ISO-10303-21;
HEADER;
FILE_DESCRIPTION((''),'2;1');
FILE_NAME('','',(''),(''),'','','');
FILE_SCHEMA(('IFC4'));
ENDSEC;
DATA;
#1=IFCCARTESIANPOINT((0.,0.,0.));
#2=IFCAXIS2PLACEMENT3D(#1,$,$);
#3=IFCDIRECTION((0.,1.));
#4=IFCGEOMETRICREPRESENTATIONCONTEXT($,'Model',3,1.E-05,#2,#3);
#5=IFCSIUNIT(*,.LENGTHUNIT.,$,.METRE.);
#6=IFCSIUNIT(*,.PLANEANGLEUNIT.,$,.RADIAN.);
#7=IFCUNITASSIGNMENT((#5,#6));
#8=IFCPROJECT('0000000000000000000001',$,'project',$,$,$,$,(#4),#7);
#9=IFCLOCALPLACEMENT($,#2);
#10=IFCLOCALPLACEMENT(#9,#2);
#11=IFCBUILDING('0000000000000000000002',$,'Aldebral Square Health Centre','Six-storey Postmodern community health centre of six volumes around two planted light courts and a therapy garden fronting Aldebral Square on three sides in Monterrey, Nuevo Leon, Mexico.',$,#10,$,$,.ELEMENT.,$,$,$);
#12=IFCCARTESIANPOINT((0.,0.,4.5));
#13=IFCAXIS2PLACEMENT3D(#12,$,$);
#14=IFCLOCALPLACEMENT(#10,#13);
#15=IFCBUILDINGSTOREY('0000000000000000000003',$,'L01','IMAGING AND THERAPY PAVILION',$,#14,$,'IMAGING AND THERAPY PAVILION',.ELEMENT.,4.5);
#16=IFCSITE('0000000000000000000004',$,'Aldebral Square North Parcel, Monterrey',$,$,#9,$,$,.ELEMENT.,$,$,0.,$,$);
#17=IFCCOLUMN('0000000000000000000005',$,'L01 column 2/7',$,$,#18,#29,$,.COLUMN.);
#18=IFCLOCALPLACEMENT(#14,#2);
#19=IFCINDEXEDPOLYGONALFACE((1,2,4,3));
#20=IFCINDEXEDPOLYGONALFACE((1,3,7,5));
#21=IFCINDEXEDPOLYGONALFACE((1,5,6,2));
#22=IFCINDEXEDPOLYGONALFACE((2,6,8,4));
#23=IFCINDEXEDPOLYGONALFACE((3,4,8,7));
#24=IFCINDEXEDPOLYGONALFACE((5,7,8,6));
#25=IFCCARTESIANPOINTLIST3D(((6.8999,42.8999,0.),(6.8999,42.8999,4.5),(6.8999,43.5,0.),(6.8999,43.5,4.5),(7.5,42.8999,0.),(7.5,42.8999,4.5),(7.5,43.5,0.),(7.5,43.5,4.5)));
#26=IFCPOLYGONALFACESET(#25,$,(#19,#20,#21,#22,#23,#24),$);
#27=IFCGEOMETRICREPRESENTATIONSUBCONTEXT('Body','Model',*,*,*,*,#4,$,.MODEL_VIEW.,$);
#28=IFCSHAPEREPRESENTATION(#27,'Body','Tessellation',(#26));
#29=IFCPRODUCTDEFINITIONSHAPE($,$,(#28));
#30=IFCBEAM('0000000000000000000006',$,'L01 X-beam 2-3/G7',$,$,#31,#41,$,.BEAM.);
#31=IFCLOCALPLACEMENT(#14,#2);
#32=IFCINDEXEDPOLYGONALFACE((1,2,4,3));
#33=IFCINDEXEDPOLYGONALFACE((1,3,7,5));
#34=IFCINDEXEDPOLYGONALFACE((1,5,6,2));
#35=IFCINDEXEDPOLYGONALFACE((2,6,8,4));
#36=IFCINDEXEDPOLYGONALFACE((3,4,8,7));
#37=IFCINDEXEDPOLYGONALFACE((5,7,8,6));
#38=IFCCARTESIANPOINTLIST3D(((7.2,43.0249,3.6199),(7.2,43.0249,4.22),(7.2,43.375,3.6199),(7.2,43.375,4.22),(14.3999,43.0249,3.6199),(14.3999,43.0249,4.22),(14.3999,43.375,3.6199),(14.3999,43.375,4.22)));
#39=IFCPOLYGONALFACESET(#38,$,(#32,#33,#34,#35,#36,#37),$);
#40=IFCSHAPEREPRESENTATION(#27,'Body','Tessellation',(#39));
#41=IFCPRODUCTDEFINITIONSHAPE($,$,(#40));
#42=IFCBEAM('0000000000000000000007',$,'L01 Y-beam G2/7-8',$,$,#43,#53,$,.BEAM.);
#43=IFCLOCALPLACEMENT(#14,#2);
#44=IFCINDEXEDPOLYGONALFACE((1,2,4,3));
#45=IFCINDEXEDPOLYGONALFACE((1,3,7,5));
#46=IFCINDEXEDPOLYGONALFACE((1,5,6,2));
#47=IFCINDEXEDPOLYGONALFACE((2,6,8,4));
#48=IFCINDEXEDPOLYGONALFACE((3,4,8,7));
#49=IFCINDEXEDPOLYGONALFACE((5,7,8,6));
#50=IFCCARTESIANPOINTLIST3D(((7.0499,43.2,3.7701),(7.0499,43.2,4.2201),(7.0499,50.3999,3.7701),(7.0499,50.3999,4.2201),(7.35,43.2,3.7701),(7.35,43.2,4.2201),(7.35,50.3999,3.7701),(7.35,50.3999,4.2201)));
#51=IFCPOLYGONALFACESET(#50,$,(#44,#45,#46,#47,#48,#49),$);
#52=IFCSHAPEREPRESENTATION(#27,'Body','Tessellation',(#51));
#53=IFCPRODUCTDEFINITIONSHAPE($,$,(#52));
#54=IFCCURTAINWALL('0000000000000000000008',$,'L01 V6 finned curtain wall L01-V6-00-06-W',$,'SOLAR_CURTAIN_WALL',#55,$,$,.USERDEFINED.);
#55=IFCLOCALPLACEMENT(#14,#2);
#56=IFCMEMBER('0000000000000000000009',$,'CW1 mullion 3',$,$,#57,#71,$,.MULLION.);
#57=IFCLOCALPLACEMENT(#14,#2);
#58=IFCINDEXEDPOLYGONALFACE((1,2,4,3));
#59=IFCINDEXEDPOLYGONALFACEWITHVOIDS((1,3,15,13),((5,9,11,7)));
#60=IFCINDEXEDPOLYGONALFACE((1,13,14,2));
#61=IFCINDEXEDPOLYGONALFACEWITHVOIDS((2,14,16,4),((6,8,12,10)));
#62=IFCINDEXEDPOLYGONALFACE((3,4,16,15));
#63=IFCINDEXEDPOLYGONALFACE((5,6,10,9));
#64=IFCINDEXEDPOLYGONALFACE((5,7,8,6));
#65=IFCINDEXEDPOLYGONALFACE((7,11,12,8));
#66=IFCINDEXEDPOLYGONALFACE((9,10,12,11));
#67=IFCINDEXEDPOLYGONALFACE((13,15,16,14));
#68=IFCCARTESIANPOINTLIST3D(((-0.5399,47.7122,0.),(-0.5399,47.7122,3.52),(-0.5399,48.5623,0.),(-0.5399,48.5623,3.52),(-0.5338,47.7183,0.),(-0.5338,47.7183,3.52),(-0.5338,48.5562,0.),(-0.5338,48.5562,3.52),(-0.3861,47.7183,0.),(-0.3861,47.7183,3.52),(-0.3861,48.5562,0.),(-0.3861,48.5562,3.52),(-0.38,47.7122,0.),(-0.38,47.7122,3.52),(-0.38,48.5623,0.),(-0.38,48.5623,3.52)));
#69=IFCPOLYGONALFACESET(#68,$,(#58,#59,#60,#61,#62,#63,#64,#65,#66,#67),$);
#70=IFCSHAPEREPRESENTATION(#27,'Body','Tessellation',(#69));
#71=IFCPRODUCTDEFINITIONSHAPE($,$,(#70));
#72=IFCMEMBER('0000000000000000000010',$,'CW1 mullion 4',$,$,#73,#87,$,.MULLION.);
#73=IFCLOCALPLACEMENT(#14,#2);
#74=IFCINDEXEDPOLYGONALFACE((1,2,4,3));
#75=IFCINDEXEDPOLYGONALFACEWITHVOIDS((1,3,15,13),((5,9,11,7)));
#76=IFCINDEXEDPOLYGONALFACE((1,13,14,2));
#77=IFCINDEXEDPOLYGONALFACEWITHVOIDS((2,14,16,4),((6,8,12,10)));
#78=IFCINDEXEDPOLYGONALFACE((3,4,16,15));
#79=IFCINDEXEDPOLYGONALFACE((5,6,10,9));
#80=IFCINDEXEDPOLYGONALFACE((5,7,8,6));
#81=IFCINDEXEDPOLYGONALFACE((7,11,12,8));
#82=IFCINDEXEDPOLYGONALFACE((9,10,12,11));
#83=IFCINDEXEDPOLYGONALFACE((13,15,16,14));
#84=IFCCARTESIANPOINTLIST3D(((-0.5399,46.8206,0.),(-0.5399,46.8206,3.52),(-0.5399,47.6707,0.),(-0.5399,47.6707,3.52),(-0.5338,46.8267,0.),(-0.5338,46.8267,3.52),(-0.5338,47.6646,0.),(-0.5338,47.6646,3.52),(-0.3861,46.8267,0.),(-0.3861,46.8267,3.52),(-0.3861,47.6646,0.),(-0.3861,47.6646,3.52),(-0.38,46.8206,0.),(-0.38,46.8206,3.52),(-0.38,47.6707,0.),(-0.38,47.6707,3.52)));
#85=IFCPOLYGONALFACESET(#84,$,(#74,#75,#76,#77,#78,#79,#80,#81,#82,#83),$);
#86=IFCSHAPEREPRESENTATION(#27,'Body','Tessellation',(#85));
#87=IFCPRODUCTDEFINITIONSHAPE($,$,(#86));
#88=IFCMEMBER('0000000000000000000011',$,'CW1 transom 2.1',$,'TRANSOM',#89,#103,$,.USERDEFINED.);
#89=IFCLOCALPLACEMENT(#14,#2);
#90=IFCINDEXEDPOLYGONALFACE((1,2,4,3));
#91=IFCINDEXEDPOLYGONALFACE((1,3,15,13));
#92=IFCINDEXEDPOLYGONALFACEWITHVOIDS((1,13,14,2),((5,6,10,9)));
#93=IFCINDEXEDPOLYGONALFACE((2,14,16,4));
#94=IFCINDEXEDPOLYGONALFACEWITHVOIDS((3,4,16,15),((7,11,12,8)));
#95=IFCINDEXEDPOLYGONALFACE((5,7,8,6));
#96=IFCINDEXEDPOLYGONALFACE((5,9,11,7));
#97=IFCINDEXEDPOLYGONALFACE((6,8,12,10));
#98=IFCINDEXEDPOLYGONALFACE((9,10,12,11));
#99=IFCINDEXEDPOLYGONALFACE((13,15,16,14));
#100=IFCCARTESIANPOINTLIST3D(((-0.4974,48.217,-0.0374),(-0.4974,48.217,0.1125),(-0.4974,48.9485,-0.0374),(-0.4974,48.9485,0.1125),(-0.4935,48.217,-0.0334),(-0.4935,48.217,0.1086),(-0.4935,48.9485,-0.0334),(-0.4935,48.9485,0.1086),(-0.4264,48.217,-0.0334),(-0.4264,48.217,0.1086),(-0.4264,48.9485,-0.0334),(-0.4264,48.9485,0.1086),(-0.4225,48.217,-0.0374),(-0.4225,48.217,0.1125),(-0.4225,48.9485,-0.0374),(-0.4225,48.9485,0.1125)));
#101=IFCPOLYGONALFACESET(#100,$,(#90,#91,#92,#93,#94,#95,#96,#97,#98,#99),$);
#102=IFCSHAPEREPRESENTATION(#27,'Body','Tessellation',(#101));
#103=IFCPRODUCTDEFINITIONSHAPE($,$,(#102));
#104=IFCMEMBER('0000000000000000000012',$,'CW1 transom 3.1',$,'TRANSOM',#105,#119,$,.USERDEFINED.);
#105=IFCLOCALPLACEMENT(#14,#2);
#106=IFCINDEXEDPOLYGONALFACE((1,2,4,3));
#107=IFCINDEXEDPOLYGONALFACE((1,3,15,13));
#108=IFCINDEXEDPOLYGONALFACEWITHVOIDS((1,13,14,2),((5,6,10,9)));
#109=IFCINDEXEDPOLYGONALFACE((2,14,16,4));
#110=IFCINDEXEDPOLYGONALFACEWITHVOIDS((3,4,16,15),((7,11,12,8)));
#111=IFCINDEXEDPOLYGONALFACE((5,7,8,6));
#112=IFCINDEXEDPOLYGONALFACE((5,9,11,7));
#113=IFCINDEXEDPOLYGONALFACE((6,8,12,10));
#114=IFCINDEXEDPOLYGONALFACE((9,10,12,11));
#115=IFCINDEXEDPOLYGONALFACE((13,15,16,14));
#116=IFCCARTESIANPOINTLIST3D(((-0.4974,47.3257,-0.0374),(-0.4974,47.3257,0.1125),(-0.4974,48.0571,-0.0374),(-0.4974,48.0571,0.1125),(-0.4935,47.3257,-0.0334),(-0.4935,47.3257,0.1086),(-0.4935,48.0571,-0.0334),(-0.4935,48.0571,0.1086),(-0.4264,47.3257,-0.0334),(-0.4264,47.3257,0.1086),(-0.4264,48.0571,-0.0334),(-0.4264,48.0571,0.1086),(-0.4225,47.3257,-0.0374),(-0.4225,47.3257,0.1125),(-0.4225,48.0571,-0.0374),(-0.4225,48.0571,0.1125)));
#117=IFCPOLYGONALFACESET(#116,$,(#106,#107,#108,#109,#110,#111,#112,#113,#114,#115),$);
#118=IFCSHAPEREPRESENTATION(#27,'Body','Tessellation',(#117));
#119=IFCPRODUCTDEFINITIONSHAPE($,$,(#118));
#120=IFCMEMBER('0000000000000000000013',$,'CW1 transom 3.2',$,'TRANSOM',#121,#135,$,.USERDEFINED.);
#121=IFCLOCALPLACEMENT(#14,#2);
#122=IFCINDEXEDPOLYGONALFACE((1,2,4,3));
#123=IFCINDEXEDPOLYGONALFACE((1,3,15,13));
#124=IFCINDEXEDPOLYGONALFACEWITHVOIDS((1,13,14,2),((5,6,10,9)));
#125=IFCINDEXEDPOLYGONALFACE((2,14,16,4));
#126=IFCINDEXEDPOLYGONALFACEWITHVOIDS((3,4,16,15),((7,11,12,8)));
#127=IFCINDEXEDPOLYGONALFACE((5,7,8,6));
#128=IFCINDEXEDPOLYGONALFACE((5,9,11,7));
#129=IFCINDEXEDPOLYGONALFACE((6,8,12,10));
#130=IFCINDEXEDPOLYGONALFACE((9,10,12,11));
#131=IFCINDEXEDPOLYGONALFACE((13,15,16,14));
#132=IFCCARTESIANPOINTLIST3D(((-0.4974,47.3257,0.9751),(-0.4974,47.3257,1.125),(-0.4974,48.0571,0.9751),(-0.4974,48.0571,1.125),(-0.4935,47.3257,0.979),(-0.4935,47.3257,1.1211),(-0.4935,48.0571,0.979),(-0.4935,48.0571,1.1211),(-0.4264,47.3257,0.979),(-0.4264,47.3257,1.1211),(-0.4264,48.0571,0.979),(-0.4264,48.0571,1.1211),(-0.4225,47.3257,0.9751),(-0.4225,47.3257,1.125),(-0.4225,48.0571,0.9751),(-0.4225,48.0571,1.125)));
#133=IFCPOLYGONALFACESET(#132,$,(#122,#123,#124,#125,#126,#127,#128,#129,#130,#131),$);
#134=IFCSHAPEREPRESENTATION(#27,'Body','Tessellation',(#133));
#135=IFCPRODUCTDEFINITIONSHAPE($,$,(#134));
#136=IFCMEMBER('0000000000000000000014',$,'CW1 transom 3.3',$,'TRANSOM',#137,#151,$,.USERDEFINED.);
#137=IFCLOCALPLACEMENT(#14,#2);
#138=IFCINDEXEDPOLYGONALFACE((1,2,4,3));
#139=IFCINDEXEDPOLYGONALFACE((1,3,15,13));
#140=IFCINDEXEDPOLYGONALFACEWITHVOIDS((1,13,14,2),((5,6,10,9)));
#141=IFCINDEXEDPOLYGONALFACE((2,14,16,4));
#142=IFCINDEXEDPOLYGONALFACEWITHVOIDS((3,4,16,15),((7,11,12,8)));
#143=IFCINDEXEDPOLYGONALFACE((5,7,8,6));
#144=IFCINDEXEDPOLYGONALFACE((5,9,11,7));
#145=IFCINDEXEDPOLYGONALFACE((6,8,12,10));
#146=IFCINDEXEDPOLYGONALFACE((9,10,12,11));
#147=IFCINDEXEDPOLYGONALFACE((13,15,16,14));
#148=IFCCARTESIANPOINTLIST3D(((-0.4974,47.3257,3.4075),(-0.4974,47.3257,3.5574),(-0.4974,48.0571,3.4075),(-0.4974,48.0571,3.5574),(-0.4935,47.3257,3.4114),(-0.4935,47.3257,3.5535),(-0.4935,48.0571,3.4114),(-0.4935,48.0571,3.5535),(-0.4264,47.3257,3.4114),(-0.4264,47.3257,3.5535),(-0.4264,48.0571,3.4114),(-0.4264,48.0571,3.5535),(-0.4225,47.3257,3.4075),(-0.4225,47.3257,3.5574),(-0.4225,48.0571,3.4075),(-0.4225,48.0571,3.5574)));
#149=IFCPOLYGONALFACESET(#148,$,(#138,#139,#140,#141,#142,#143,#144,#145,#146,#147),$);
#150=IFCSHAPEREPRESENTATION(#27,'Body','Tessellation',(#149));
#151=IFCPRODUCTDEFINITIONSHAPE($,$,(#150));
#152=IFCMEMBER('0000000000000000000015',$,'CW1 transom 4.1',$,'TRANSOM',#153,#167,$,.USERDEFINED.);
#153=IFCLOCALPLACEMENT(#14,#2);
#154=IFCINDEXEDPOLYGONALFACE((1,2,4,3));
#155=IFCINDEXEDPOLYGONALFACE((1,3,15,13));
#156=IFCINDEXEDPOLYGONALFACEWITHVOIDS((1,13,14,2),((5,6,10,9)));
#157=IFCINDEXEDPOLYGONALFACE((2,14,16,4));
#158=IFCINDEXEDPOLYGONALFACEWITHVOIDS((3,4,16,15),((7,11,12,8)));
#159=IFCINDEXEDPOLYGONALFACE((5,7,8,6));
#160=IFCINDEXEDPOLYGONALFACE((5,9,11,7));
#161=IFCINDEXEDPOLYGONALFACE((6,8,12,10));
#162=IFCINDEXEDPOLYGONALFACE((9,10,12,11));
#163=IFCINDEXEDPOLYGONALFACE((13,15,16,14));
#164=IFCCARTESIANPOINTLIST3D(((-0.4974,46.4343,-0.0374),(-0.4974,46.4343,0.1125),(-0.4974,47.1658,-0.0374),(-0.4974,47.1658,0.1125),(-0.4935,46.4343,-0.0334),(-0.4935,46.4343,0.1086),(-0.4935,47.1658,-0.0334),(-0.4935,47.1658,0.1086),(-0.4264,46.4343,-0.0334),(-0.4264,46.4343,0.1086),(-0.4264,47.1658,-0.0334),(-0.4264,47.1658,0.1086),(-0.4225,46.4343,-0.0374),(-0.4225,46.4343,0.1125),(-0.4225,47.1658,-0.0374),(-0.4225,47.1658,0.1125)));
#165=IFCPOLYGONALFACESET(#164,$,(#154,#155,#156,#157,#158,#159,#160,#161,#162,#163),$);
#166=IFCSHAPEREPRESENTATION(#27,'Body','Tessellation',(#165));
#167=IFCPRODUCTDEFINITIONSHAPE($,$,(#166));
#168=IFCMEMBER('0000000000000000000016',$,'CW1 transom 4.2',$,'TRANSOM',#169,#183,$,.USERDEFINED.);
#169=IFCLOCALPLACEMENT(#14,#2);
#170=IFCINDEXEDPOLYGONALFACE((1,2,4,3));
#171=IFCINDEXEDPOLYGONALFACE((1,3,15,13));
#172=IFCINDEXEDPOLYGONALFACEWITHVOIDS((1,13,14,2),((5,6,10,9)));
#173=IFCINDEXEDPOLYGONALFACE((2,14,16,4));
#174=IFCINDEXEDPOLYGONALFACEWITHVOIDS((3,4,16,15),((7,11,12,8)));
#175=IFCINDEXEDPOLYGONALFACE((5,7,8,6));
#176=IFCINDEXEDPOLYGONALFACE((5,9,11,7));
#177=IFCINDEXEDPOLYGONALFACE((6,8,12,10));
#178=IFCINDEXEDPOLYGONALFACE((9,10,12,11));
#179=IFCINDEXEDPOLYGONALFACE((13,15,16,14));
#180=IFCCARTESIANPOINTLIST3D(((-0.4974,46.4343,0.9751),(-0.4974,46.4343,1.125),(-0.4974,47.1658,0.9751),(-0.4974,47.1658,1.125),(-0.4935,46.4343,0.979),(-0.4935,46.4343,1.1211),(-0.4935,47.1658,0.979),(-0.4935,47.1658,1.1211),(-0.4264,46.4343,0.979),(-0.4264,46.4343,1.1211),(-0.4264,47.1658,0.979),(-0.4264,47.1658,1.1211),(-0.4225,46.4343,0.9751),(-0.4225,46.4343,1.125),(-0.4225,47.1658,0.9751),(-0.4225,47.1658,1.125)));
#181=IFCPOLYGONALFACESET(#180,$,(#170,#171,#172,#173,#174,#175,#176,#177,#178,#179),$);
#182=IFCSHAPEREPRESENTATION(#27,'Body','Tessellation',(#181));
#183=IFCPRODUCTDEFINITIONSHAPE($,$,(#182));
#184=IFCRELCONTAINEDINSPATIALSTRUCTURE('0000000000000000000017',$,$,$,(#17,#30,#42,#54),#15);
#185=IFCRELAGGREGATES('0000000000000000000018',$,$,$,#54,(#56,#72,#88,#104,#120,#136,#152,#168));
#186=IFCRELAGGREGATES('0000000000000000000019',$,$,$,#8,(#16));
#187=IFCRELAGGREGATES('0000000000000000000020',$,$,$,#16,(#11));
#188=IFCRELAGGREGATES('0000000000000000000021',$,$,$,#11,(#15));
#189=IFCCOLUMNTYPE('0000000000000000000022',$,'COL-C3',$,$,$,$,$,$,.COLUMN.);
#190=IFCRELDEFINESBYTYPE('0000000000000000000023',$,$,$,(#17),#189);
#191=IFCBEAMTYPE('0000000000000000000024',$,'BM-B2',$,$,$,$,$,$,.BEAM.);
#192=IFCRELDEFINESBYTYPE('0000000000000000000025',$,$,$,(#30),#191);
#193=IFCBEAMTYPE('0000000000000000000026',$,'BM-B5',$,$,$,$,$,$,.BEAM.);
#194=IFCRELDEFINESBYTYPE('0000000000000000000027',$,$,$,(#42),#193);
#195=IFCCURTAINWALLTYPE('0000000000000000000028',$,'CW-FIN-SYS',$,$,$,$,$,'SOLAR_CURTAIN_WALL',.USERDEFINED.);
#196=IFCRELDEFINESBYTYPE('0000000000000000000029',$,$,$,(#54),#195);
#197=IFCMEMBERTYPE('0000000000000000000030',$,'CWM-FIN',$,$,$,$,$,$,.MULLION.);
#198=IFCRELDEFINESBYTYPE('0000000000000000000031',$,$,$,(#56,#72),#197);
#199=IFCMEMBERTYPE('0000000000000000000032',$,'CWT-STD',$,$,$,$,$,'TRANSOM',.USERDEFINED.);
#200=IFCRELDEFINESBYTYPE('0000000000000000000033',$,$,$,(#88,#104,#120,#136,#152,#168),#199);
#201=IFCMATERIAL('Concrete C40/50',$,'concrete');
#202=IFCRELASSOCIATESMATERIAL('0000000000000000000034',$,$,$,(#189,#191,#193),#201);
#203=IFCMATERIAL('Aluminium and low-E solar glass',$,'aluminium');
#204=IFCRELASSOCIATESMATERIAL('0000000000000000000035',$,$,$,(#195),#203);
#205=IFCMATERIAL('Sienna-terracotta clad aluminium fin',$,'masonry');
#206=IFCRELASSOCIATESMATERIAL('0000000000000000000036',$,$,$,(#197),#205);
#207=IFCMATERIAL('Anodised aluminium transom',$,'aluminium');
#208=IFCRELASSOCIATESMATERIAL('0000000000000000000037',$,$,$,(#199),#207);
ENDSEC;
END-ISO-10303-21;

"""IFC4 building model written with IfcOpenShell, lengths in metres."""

from ifc_helpers import new_model, si_unit, direction, frame, origin, origin_2d, place, context, subcontext, project, spatial, rectangle, hollow_rectangle, extrude, material, material_profile, profile_set, type_object, element, aggregate, save


model = new_model("IFC4")

# Units and contexts
model_context = context("Model", 3, precision=1e-05, world=origin(), true_north=direction((0.0, 1.0)))
body_context = subcontext(model_context, "Body", "Model", "MODEL_VIEW")
ifc_project = project(units=[si_unit("LENGTHUNIT", "METRE"), si_unit("PLANEANGLEUNIT", "RADIAN")], contexts=[model_context])

# Site, building, storey
site_placement = place(None, origin())
site = spatial("IfcSite", under=ifc_project, at=site_placement, Name="Aldebral Square North Parcel, Monterrey", CompositionType="ELEMENT", RefElevation=0.0)
building_placement = place(site_placement, origin())
building = spatial("IfcBuilding", under=site, at=building_placement, Name="Aldebral Square Health Centre", Description="Six-storey Postmodern community health centre of six volumes around two planted light courts and a therapy garden fronting Aldebral Square on three sides in Monterrey, Nuevo Leon, Mexico.", CompositionType="ELEMENT")
storey_placement = place(building_placement, frame((0.0, 0.0, 4.5)))
storey = spatial("IfcBuildingStorey", under=building, at=storey_placement, Name="L01", Description="IMAGING AND THERAPY PAVILION", LongName="IMAGING AND THERAPY PAVILION", CompositionType="ELEMENT", Elevation=4.5)

# Column
ifc_material_1 = material(Name="Concrete C40/50", Category="concrete")
ifc_material_profile_1 = material_profile(ifc_material_1, rectangle(XDim=0.6001, YDim=0.6001, at=origin_2d()), Name="RC 600x600")
ifc_profile_set_1 = profile_set([ifc_material_profile_1], Name="Concrete C40/50")
column_type = type_object("IfcColumnType", Name="COL-C3", PredefinedType="COLUMN", material=ifc_profile_set_1)
column_placement = place(storey_placement, frame((7.2, 43.2, 0.0), z_axis=(0.0, 0.0, 1.0), x_axis=(1.0, 0.0, 0.0)))
element("IfcColumn", 1, at=column_placement, inside=storey, type_object=column_type, Name="L01 column 2/7", PredefinedType="COLUMN", context=body_context, shape_type="SweptSolid", body=[
    extrude(rectangle(XDim=0.6001, YDim=0.6001, at=origin_2d()), origin(), (0.0, 0.0, 1.0), 4.5),
])

# Beams
ifc_material_profile_2 = material_profile(ifc_material_1, rectangle(XDim=0.3501, YDim=0.6001, at=origin_2d()), Name="RC 350x600")
ifc_profile_set_2 = profile_set([ifc_material_profile_2], Name="Concrete C40/50")
beam_type_1 = type_object("IfcBeamType", Name="BM-B2", PredefinedType="BEAM", material=ifc_profile_set_2)
beam_1_placement = place(storey_placement, frame((7.2, 43.2, 3.9199), z_axis=(1.0, 0.0, 0.0), x_axis=(0.0, 1.0, 0.0)))
element("IfcBeam", 2, at=beam_1_placement, inside=storey, type_object=beam_type_1, Name="L01 X-beam 2-3/G7", PredefinedType="BEAM", context=body_context, shape_type="SweptSolid", body=[
    extrude(rectangle(XDim=0.3501, YDim=0.6001, at=origin_2d()), origin(), (0.0, 0.0, 1.0), 7.2),
])
ifc_material_profile_3 = material_profile(ifc_material_1, rectangle(XDim=0.3, YDim=0.45, at=origin_2d()), Name="RC 300x450")
ifc_profile_set_3 = profile_set([ifc_material_profile_3], Name="Concrete C40/50")
beam_type_2 = type_object("IfcBeamType", Name="BM-B5", PredefinedType="BEAM", material=ifc_profile_set_3)
beam_2_placement = place(storey_placement, frame((7.2, 43.2, 3.9951), z_axis=(0.0, 1.0, 0.0), x_axis=(-1.0, 0.0, 0.0)))
element("IfcBeam", 3, at=beam_2_placement, inside=storey, type_object=beam_type_2, Name="L01 Y-beam G2/7-8", PredefinedType="BEAM", context=body_context, shape_type="SweptSolid", body=[
    extrude(rectangle(XDim=0.3, YDim=0.45, at=origin_2d()), origin(), (0.0, 0.0, 1.0), 7.2),
])

# Curtain wall, members
ifc_material_2 = material(Name="Aluminium and low-E solar glass", Category="aluminium")
curtain_wall_type = type_object("IfcCurtainWallType", Name="CW-FIN-SYS", ElementType="SOLAR_CURTAIN_WALL", PredefinedType="USERDEFINED", material=ifc_material_2)
curtain_wall_placement = place(storey_placement, origin())
curtain_wall = element("IfcCurtainWall", 4, at=curtain_wall_placement, inside=storey, type_object=curtain_wall_type, Name="L01 V6 finned curtain wall L01-V6-00-06-W", ObjectType="SOLAR_CURTAIN_WALL", PredefinedType="USERDEFINED")
ifc_material_3 = material(Name="Sienna-terracotta clad aluminium fin", Category="masonry")
ifc_material_profile_4 = material_profile(ifc_material_3, hollow_rectangle(XDim=0.1599, YDim=0.8501, WallThickness=0.0061, at=origin_2d()), Name="FIN 160x850x6")
ifc_profile_set_4 = profile_set([ifc_material_profile_4], Name="Sienna-terracotta clad aluminium fin")
member_type_1 = type_object("IfcMemberType", Name="CWM-FIN", PredefinedType="MULLION", material=ifc_profile_set_4)
member_1_placement = place(storey_placement, frame((-0.46, 48.1372, 0.0), z_axis=(0.0, 0.0, 1.0), x_axis=(1.0, 0.0, 0.0)))
member_1 = element("IfcMember", 5, at=member_1_placement, type_object=member_type_1, Name="CW1 mullion 3", PredefinedType="MULLION", context=body_context, shape_type="SweptSolid", body=[
    extrude(hollow_rectangle(XDim=0.1599, YDim=0.8501, WallThickness=0.0061, at=origin_2d()), origin(), (0.0, 0.0, 1.0), 3.52),
])
member_2_placement = place(storey_placement, frame((-0.46, 47.2456, 0.0), z_axis=(0.0, 0.0, 1.0), x_axis=(1.0, 0.0, 0.0)))
member_2 = element("IfcMember", 6, at=member_2_placement, type_object=member_type_1, Name="CW1 mullion 4", PredefinedType="MULLION", context=body_context, shape_type="SweptSolid", body=[
    extrude(hollow_rectangle(XDim=0.1599, YDim=0.8501, WallThickness=0.0061, at=origin_2d()), origin(), (0.0, 0.0, 1.0), 3.52),
])
ifc_material_4 = material(Name="Anodised aluminium transom", Category="aluminium")
ifc_material_profile_5 = material_profile(ifc_material_4, hollow_rectangle(XDim=0.075, YDim=0.1499, WallThickness=0.0039, at=origin_2d()), Name="CWT 75x150x4")
ifc_profile_set_5 = profile_set([ifc_material_profile_5], Name="Anodised aluminium transom")
member_type_2 = type_object("IfcMemberType", Name="CWT-STD", ElementType="TRANSOM", PredefinedType="USERDEFINED", material=ifc_profile_set_5)
member_3_placement = place(storey_placement, frame((-0.46, 48.9485, 0.0376), z_axis=(0.0, -1.0, 0.0), x_axis=(1.0, 0.0, 0.0)))
member_3 = element("IfcMember", 7, at=member_3_placement, type_object=member_type_2, Name="CW1 transom 2.1", ObjectType="TRANSOM", PredefinedType="USERDEFINED", context=body_context, shape_type="SweptSolid", body=[
    extrude(hollow_rectangle(XDim=0.075, YDim=0.1499, WallThickness=0.0039, at=origin_2d()), origin(), (0.0, 0.0, 1.0), 0.7314),
])
member_4_placement = place(storey_placement, frame((-0.46, 48.0571, 0.0376), z_axis=(0.0, -1.0, 0.0), x_axis=(1.0, 0.0, 0.0)))
member_4 = element("IfcMember", 8, at=member_4_placement, type_object=member_type_2, Name="CW1 transom 3.1", ObjectType="TRANSOM", PredefinedType="USERDEFINED", context=body_context, shape_type="SweptSolid", body=[
    extrude(hollow_rectangle(XDim=0.075, YDim=0.1499, WallThickness=0.0039, at=origin_2d()), origin(), (0.0, 0.0, 1.0), 0.7314),
])
member_5_placement = place(storey_placement, frame((-0.46, 48.0571, 1.05), z_axis=(0.0, -1.0, 0.0), x_axis=(1.0, 0.0, 0.0)))
member_5 = element("IfcMember", 9, at=member_5_placement, type_object=member_type_2, Name="CW1 transom 3.2", ObjectType="TRANSOM", PredefinedType="USERDEFINED", context=body_context, shape_type="SweptSolid", body=[
    extrude(hollow_rectangle(XDim=0.075, YDim=0.1499, WallThickness=0.0039, at=origin_2d()), origin(), (0.0, 0.0, 1.0), 0.7314),
])
member_6_placement = place(storey_placement, frame((-0.46, 48.0571, 3.4824), z_axis=(0.0, -1.0, 0.0), x_axis=(1.0, 0.0, 0.0)))
member_6 = element("IfcMember", 10, at=member_6_placement, type_object=member_type_2, Name="CW1 transom 3.3", ObjectType="TRANSOM", PredefinedType="USERDEFINED", context=body_context, shape_type="SweptSolid", body=[
    extrude(hollow_rectangle(XDim=0.075, YDim=0.1499, WallThickness=0.0039, at=origin_2d()), origin(), (0.0, 0.0, 1.0), 0.7314),
])
member_7_placement = place(storey_placement, frame((-0.46, 47.1658, 0.0376), z_axis=(0.0, -1.0, 0.0), x_axis=(1.0, 0.0, 0.0)))
member_7 = element("IfcMember", 11, at=member_7_placement, type_object=member_type_2, Name="CW1 transom 4.1", ObjectType="TRANSOM", PredefinedType="USERDEFINED", context=body_context, shape_type="SweptSolid", body=[
    extrude(hollow_rectangle(XDim=0.075, YDim=0.1499, WallThickness=0.0039, at=origin_2d()), origin(), (0.0, 0.0, 1.0), 0.7314),
])
member_8_placement = place(storey_placement, frame((-0.46, 47.1658, 1.05), z_axis=(0.0, -1.0, 0.0), x_axis=(1.0, 0.0, 0.0)))
member_8 = element("IfcMember", 12, at=member_8_placement, type_object=member_type_2, Name="CW1 transom 4.2", ObjectType="TRANSOM", PredefinedType="USERDEFINED", context=body_context, shape_type="SweptSolid", body=[
    extrude(hollow_rectangle(XDim=0.075, YDim=0.1499, WallThickness=0.0039, at=origin_2d()), origin(), (0.0, 0.0, 1.0), 0.7314),
])
aggregate(curtain_wall, [member_1, member_2, member_3, member_4, member_5, member_6, member_7, member_8])

save(model, "model.ifc")
